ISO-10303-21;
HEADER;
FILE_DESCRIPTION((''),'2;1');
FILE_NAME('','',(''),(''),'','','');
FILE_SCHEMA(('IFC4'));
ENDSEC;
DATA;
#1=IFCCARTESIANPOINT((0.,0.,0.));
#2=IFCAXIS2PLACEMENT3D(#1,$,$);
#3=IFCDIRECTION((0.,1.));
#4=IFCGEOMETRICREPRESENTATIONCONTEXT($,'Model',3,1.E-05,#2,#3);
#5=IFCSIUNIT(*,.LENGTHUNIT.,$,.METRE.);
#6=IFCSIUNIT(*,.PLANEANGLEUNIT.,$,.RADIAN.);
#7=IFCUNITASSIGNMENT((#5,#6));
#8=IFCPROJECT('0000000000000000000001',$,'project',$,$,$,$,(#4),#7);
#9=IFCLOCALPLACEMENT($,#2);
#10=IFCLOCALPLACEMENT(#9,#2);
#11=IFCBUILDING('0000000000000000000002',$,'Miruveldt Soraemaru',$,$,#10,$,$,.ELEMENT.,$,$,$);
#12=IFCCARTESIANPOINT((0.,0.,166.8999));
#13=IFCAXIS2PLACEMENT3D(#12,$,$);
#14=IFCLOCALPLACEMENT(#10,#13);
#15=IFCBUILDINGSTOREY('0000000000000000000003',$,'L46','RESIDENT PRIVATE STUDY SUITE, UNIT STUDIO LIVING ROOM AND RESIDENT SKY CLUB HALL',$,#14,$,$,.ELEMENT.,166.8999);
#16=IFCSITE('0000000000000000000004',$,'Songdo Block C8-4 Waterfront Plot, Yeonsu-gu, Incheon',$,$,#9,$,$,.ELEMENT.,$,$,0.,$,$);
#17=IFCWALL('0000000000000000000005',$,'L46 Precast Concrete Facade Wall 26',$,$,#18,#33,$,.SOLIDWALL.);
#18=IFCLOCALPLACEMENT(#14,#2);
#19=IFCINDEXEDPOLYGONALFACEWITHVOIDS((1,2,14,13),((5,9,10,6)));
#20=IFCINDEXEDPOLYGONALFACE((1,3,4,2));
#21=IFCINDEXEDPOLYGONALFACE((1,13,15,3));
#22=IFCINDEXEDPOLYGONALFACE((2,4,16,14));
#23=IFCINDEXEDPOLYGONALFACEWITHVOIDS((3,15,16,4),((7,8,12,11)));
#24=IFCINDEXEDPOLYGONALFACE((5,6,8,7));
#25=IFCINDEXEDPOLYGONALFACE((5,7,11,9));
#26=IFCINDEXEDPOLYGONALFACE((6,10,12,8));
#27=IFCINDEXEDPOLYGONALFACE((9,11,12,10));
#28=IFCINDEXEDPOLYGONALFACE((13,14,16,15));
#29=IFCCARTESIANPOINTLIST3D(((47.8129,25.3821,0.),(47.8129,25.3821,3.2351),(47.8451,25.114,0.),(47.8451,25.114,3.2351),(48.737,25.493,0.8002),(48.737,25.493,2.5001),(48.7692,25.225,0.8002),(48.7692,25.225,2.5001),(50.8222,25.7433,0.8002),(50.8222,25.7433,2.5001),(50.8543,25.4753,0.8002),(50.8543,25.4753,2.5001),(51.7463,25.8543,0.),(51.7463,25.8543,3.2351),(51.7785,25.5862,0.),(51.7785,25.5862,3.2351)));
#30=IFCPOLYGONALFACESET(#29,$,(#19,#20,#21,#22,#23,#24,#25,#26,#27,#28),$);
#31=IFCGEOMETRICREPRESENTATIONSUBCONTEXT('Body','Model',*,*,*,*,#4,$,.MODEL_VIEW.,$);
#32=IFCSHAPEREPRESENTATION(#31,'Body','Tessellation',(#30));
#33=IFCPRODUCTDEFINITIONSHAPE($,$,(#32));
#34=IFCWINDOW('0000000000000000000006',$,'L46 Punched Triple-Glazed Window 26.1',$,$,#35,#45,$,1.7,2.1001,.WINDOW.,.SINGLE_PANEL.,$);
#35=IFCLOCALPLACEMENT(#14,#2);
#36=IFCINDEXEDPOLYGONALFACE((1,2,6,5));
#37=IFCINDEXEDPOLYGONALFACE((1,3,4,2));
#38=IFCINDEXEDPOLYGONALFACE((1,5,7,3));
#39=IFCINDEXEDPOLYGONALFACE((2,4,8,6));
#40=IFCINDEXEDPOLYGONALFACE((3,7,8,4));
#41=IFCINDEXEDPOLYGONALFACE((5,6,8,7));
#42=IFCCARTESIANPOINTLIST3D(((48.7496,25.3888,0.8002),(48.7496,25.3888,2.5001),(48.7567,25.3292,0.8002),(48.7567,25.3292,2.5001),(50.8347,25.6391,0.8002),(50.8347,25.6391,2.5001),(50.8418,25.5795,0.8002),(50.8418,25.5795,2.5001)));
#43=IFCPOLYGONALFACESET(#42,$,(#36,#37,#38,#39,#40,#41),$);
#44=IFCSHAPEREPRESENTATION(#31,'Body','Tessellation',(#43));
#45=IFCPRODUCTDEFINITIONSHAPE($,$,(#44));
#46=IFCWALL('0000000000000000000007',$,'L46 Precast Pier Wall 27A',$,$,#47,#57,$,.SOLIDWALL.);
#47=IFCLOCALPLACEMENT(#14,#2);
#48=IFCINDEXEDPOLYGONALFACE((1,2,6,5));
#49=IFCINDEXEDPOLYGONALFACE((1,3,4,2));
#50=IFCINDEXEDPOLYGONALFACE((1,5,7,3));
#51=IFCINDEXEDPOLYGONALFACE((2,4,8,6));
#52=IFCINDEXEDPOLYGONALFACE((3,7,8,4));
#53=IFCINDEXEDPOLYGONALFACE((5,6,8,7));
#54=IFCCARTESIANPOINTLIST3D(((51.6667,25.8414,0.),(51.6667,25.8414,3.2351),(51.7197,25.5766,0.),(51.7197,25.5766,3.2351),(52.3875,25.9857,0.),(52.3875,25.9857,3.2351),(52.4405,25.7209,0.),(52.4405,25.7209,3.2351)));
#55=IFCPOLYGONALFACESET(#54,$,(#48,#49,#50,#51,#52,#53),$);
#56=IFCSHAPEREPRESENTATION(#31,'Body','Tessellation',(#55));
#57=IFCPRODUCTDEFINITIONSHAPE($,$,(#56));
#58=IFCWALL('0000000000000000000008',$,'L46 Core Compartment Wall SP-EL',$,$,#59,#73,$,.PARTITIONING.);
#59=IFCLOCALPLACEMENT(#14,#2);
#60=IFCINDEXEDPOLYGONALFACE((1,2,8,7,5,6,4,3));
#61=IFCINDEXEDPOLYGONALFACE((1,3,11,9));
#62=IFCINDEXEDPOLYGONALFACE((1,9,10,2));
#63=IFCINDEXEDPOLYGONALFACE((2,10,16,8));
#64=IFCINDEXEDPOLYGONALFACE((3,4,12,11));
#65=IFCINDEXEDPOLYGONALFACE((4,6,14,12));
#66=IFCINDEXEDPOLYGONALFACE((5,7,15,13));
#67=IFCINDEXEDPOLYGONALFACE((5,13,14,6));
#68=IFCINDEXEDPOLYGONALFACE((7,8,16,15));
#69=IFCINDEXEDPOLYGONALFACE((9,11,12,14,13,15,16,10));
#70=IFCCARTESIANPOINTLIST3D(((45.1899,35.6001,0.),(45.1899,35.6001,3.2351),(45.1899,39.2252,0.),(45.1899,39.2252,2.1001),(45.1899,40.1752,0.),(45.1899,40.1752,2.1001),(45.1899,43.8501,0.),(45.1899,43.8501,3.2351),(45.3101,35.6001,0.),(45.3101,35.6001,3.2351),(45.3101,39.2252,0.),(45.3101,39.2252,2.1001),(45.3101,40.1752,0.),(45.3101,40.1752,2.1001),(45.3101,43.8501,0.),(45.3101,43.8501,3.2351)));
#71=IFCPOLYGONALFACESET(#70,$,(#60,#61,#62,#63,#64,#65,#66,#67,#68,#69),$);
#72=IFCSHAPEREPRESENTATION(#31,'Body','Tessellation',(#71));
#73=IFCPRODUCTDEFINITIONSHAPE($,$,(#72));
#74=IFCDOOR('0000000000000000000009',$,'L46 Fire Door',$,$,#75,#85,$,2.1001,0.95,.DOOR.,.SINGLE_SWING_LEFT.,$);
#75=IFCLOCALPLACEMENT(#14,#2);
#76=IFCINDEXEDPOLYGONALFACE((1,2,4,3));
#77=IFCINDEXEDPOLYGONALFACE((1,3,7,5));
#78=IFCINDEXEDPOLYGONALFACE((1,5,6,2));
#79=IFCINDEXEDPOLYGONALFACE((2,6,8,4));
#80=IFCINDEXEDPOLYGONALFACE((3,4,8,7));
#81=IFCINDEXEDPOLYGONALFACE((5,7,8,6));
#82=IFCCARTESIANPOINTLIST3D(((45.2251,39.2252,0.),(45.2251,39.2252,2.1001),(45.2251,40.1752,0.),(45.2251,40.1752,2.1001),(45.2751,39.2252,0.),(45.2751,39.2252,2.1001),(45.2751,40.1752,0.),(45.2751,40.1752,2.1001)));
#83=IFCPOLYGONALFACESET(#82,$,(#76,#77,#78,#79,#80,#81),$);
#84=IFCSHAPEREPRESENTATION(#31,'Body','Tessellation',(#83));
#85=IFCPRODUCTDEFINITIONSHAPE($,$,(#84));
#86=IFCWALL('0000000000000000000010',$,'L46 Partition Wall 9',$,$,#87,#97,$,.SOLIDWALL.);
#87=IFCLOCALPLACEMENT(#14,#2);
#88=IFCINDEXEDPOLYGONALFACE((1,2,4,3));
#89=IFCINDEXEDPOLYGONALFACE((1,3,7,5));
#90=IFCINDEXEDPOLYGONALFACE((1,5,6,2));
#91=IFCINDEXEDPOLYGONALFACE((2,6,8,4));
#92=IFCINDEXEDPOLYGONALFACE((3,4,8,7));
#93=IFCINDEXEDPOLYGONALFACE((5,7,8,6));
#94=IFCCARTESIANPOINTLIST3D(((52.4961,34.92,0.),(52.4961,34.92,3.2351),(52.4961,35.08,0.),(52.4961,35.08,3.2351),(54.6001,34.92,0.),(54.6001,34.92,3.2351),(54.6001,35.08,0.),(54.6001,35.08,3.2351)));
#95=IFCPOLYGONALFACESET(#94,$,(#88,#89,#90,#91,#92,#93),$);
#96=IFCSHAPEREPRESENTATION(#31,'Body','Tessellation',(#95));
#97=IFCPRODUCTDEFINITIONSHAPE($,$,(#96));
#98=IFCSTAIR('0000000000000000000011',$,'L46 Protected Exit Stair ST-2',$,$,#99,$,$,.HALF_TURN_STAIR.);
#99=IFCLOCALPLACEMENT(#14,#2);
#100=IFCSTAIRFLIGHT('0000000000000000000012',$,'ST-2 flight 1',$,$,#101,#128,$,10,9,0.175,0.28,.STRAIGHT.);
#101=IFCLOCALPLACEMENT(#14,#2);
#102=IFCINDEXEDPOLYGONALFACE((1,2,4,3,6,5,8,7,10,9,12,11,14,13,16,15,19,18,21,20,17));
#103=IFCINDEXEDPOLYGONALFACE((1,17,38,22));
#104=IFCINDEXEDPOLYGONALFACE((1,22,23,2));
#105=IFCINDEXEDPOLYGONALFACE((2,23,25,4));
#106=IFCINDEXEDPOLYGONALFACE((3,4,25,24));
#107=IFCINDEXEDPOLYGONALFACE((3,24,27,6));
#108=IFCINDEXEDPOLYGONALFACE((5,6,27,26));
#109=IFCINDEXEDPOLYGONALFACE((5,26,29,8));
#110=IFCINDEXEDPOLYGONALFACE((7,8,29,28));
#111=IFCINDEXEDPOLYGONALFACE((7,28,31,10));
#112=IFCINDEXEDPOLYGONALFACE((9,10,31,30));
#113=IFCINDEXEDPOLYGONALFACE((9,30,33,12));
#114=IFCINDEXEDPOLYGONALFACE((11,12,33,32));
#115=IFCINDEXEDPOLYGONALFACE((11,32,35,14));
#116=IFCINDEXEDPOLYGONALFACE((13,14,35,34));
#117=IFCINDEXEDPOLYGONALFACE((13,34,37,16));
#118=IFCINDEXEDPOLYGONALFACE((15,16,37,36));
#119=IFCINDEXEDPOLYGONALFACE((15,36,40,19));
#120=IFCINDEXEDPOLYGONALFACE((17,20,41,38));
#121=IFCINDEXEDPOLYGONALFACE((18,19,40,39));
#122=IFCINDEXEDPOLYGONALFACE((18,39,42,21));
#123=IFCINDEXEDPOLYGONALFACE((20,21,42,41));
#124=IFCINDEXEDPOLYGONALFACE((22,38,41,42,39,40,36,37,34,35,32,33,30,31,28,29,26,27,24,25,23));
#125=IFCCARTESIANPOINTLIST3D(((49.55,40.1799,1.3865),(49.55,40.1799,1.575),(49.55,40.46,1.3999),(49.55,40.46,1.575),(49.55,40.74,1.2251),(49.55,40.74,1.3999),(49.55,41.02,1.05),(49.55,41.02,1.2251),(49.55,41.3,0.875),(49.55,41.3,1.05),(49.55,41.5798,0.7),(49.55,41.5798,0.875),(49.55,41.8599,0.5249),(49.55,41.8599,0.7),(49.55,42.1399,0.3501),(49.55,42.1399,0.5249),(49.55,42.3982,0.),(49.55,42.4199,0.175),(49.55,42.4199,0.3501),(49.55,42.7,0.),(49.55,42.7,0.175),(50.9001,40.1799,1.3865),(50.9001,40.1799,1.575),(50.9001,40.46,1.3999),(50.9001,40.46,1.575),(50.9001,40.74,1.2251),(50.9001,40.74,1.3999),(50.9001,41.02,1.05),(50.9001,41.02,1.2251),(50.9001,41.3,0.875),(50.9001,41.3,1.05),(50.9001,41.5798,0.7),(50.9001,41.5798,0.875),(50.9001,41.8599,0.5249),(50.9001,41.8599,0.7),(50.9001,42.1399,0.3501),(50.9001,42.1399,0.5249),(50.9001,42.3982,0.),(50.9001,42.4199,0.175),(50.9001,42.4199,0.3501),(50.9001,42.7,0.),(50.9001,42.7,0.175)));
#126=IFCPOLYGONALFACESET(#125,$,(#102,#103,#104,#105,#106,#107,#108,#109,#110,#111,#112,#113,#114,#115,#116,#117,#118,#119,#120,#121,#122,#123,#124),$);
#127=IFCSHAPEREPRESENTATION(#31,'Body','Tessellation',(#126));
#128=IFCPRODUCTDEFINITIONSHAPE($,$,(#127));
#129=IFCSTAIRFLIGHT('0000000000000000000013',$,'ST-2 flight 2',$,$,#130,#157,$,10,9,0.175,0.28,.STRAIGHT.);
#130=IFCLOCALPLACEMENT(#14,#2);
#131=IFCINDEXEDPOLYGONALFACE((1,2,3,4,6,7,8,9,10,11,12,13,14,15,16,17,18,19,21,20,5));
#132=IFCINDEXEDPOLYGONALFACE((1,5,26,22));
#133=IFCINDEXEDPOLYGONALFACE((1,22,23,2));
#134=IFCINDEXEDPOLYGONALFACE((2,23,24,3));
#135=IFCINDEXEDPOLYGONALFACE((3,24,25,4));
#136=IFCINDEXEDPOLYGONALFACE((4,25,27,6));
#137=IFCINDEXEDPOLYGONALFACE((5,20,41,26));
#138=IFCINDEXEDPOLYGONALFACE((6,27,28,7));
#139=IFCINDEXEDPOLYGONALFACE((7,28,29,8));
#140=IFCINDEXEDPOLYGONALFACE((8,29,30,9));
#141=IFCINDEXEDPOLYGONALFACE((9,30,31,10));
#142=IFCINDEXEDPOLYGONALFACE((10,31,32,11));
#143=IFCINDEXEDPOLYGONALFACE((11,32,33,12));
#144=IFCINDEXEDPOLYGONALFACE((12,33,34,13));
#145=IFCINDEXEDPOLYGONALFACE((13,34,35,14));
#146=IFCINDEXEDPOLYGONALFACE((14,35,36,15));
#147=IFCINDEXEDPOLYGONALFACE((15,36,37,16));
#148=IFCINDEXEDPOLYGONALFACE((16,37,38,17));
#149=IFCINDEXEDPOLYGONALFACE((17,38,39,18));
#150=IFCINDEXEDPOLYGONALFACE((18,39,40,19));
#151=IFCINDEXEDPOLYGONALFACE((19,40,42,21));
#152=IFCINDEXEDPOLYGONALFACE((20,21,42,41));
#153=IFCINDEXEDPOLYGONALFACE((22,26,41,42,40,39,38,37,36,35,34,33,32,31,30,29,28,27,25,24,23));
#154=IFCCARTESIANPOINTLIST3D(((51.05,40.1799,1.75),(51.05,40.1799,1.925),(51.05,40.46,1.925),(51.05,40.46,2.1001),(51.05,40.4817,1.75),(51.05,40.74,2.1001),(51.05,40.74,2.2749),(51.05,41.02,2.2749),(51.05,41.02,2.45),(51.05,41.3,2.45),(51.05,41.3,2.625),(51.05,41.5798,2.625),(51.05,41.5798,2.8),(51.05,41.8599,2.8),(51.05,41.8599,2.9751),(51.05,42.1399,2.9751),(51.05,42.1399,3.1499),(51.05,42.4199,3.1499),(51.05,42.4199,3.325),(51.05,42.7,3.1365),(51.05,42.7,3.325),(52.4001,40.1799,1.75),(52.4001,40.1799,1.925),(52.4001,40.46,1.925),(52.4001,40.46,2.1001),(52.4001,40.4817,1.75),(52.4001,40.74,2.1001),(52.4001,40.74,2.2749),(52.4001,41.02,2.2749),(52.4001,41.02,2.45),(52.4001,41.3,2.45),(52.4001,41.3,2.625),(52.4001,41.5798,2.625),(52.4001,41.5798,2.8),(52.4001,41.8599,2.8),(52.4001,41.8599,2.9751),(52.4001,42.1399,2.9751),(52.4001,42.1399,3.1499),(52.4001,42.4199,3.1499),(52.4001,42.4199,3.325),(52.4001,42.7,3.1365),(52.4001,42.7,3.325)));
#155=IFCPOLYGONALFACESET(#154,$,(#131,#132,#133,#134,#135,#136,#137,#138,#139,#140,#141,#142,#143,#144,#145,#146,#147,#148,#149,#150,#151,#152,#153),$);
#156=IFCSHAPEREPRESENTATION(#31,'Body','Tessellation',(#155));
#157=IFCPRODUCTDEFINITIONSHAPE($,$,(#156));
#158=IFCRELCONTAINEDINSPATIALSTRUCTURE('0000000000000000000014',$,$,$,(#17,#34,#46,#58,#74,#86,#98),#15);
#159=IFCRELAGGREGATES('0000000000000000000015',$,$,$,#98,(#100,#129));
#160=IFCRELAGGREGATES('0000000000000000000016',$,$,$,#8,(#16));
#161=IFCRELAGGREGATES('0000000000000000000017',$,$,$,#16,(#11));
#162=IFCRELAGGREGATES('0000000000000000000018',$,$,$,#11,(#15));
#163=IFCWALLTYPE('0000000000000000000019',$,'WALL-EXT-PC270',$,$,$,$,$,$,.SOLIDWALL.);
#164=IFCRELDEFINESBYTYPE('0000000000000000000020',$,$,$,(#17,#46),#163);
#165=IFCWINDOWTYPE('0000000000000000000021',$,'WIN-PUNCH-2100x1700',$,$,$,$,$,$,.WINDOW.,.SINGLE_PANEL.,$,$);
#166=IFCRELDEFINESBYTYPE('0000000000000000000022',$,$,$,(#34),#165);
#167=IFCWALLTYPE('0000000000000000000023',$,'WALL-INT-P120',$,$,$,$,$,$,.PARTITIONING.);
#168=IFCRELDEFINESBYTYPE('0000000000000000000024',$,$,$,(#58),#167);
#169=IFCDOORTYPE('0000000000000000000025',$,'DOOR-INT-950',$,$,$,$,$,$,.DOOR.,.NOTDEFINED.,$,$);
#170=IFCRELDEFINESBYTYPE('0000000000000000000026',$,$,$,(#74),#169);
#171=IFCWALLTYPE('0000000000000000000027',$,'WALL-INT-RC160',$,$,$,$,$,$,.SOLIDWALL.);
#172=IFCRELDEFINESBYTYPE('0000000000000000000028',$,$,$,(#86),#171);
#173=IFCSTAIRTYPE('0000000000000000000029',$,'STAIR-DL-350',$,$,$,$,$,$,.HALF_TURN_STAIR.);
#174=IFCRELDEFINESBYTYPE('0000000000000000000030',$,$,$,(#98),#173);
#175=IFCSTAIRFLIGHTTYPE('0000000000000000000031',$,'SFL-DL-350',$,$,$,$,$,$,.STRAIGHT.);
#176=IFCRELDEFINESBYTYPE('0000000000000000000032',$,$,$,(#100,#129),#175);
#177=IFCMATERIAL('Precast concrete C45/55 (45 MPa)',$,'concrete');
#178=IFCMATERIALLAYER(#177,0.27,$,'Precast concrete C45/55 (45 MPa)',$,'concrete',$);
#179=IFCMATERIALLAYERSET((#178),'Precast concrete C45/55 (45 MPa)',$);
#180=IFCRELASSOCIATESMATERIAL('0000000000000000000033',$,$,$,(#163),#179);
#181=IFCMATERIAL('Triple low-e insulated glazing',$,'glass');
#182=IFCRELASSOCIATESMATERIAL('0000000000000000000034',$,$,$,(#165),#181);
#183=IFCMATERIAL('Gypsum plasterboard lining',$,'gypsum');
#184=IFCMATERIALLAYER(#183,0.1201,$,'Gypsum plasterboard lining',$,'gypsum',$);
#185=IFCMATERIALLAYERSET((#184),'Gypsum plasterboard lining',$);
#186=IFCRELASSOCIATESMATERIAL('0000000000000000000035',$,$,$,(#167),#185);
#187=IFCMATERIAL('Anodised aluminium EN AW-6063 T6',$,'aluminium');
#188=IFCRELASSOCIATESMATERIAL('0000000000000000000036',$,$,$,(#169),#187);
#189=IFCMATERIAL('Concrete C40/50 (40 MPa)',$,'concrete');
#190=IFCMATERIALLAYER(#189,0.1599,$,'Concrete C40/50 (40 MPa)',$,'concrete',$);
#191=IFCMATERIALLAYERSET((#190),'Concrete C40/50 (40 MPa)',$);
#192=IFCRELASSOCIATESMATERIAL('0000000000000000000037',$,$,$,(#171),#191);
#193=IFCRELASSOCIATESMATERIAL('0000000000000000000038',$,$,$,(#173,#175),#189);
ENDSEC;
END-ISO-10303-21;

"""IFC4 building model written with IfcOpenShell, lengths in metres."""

from ifc_helpers import new_model, si_unit, direction, frame, frame_2d, origin, place, context, subcontext, project, spatial, polyline, rectangle, outline, extrude, material, layer, layer_set, type_object, element, fill, aggregate, save


model = new_model("IFC4")

# Units and contexts
model_context = context("Model", 3, precision=1e-05, world=origin(), true_north=direction((0.0, 1.0)))
body_context = subcontext(model_context, "Body", "Model", "MODEL_VIEW")
ifc_project = project(units=[si_unit("LENGTHUNIT", "METRE"), si_unit("PLANEANGLEUNIT", "RADIAN")], contexts=[model_context])

# Site, building, storey
site_placement = place(None, origin())
site = spatial("IfcSite", under=ifc_project, at=site_placement, Name="Songdo Block C8-4 Waterfront Plot, Yeonsu-gu, Incheon", CompositionType="ELEMENT", RefElevation=0.0)
building_placement = place(site_placement, origin())
building = spatial("IfcBuilding", under=site, at=building_placement, Name="Miruveldt Soraemaru", CompositionType="ELEMENT")
storey_placement = place(building_placement, frame((0.0, 0.0, 166.8999)))
storey = spatial("IfcBuildingStorey", under=building, at=storey_placement, Name="L46", Description="RESIDENT PRIVATE STUDY SUITE, UNIT STUDIO LIVING ROOM AND RESIDENT SKY CLUB HALL", CompositionType="ELEMENT", Elevation=166.8999)

# Shared definitions
ifc_material_1 = material(Name="Triple low-e insulated glazing", Category="glass")

# Wall, opening, window
ifc_material_2 = material(Name="Precast concrete C45/55 (45 MPa)", Category="concrete")
ifc_layer_1 = layer(ifc_material_2, 0.27, Name="Precast concrete C45/55 (45 MPa)", Category="concrete")
ifc_layer_set_1 = layer_set([ifc_layer_1], Name="Precast concrete C45/55 (45 MPa)")
wall_type_1 = type_object("IfcWallType", Name="WALL-EXT-PC270", PredefinedType="SOLIDWALL", material=ifc_layer_set_1)
window_type_1 = type_object("IfcWindowType", Name="WIN-PUNCH-2100x1700", PartitioningType="SINGLE_PANEL", PredefinedType="WINDOW", material=ifc_material_1)
wall_1_placement = place(storey_placement, frame((47.8289, 25.248, 0.0), z_axis=(0.0, 0.0, 1.0), x_axis=(0.992872, 0.119187, 0.0)))
wall_1 = element("IfcWall", 1, at=wall_1_placement, inside=storey, type_object=wall_type_1, Name="L46 Precast Concrete Facade Wall 26", PredefinedType="SOLIDWALL", context=body_context, shape_type="SweptSolid", body=[
    extrude(rectangle(XDim=3.9617, YDim=0.27, at=frame_2d((1.981, 0.0))), origin(), (0.0, 0.0, 1.0), 3.2351),
])
opening_1_placement = place(wall_1_placement, frame((0.9309, 0.0, 0.8)))
opening_1 = element("IfcOpeningElement", 2, at=opening_1_placement, cuts=wall_1, PredefinedType="OPENING", context=body_context, shape_type="SweptSolid", body=[
    extrude(rectangle(XDim=2.1001, YDim=1.7, at=frame_2d((1.05, 0.8501))), frame((0.0, 0.145, 0.0), z_axis=(0.0, -1.0, 0.0), x_axis=(1.0, 0.0, 0.0)), (0.0, 0.0, 1.0), 0.29),
])
window_1_placement = place(opening_1_placement, origin())
window_1 = element("IfcWindow", 3, at=window_1_placement, inside=storey, type_object=window_type_1, Name="L46 Punched Triple-Glazed Window 26.1", OverallHeight=1.7, OverallWidth=2.1001, PartitioningType="SINGLE_PANEL", PredefinedType="WINDOW", context=body_context, shape_type="SweptSolid", body=[
    extrude(rectangle(XDim=2.1001, YDim=1.7, at=frame_2d((1.05, 0.8501))), frame((0.0, 0.03, 0.0), z_axis=(0.0, -1.0, 0.0), x_axis=(1.0, 0.0, 0.0)), (0.0, 0.0, 1.0), 0.0601),
])
fill(opening_1, window_1)

# Wall
wall_2_placement = place(storey_placement, frame((51.6931, 25.709, 0.0), z_axis=(0.0, 0.0, 1.0), x_axis=(0.980542, 0.196308, 0.0)))
element("IfcWall", 4, at=wall_2_placement, inside=storey, type_object=wall_type_1, Name="L46 Precast Pier Wall 27A", PredefinedType="SOLIDWALL", context=body_context, shape_type="SweptSolid", body=[
    extrude(rectangle(XDim=0.7351, YDim=0.27, at=frame_2d((0.3677, 0.0))), origin(), (0.0, 0.0, 1.0), 3.2351),
])

# Wall, opening, door
ifc_material_3 = material(Name="Gypsum plasterboard lining", Category="gypsum")
ifc_layer_2 = layer(ifc_material_3, 0.1201, Name="Gypsum plasterboard lining", Category="gypsum")
ifc_layer_set_2 = layer_set([ifc_layer_2], Name="Gypsum plasterboard lining")
wall_type_2 = type_object("IfcWallType", Name="WALL-INT-P120", PredefinedType="PARTITIONING", material=ifc_layer_set_2)
wall_3_placement = place(storey_placement, frame((45.25, 35.6001, 0.0), z_axis=(0.0, 0.0, 1.0), x_axis=(0.0, 1.0, 0.0)))
wall_3 = element("IfcWall", 5, at=wall_3_placement, inside=storey, type_object=wall_type_2, Name="L46 Core Compartment Wall SP-EL", PredefinedType="PARTITIONING", context=body_context, shape_type="SweptSolid", body=[
    extrude(rectangle(XDim=8.25, YDim=0.1201, at=frame_2d((4.125, 0.0))), origin(), (0.0, 0.0, 1.0), 3.2351),
])
opening_2_placement = place(wall_3_placement, frame((3.625, 0.0, 0.0)))
opening_2 = element("IfcOpeningElement", 6, at=opening_2_placement, cuts=wall_3, PredefinedType="OPENING", context=body_context, shape_type="SweptSolid", body=[
    extrude(rectangle(XDim=0.95, YDim=2.1001, at=frame_2d((0.4751, 1.05))), frame((0.0, 0.0701, 0.0), z_axis=(0.0, -1.0, 0.0), x_axis=(1.0, 0.0, 0.0)), (0.0, 0.0, 1.0), 0.1401),
])
ifc_material_4 = material(Name="Anodised aluminium EN AW-6063 T6", Category="aluminium")
door_type = type_object("IfcDoorType", Name="DOOR-INT-950", OperationType="NOTDEFINED", PredefinedType="DOOR", material=ifc_material_4)
door_placement = place(opening_2_placement, origin())
door = element("IfcDoor", 7, at=door_placement, inside=storey, type_object=door_type, Name="L46 Fire Door", OperationType="SINGLE_SWING_LEFT", OverallHeight=2.1001, OverallWidth=0.95, PredefinedType="DOOR", context=body_context, shape_type="SweptSolid", body=[
    extrude(rectangle(XDim=0.95, YDim=2.1001, at=frame_2d((0.4751, 1.05))), frame((0.0, 0.0249, 0.0), z_axis=(0.0, -1.0, 0.0), x_axis=(1.0, 0.0, 0.0)), (0.0, 0.0, 1.0), 0.05),
])
fill(opening_2, door)

# Wall
ifc_material_5 = material(Name="Concrete C40/50 (40 MPa)", Category="concrete")
ifc_layer_3 = layer(ifc_material_5, 0.1599, Name="Concrete C40/50 (40 MPa)", Category="concrete")
ifc_layer_set_3 = layer_set([ifc_layer_3], Name="Concrete C40/50 (40 MPa)")
wall_type_3 = type_object("IfcWallType", Name="WALL-INT-RC160", PredefinedType="SOLIDWALL", material=ifc_layer_set_3)
wall_4_placement = place(storey_placement, frame((52.4961, 35.0, 0.0), z_axis=(0.0, 0.0, 1.0), x_axis=(1.0, 0.0, 0.0)))
element("IfcWall", 8, at=wall_4_placement, inside=storey, type_object=wall_type_3, Name="L46 Partition Wall 9", PredefinedType="SOLIDWALL", context=body_context, shape_type="SweptSolid", body=[
    extrude(rectangle(XDim=2.104, YDim=0.1599, at=frame_2d((1.052, 0.0))), origin(), (0.0, 0.0, 1.0), 3.2351),
])

# Stair, stair flights
stair_type = type_object("IfcStairType", Name="STAIR-DL-350", PredefinedType="HALF_TURN_STAIR", material=ifc_material_5)
stair_placement = place(storey_placement, origin())
stair = element("IfcStair", 9, at=stair_placement, inside=storey, type_object=stair_type, Name="L46 Protected Exit Stair ST-2", PredefinedType="HALF_TURN_STAIR")
stair_flight_type = type_object("IfcStairFlightType", Name="SFL-DL-350", PredefinedType="STRAIGHT", material=ifc_material_5)
stair_flight_1_placement = place(storey_placement, frame((50.2251, 42.7, 0.0), z_axis=(0.0, 0.0, 1.0), x_axis=(0.0, -1.0, 0.0)))
stair_flight_1 = element("IfcStairFlight", 10, at=stair_flight_1_placement, type_object=stair_flight_type, Name="ST-2 flight 1", NumberOfRisers=10, NumberOfTreads=9, PredefinedType="STRAIGHT", RiserHeight=0.175, TreadLength=0.28, context=body_context, shape_type="SweptSolid", body=[
    extrude(outline(polyline([(0.0, 0.0), (0.0, 0.175), (0.28, 0.175), (0.28, 0.3501), (0.5601, 0.3501), (0.5601, 0.5249), (0.8401, 0.5249), (0.8401, 0.7), (1.1201, 0.7), (1.1201, 0.875), (1.3999, 0.875), (1.3999, 1.05), (1.6799, 1.05), (1.6799, 1.2251), (1.96, 1.2251), (1.96, 1.3999), (2.24, 1.3999), (2.24, 1.575), (2.52, 1.575), (2.52, 1.75), (2.52, 1.3865), (0.3018, 0.0), (0.0, 0.0)])), frame((0.0, 0.675, 0.0), z_axis=(0.0, -1.0, 0.0), x_axis=(1.0, 0.0, 0.0)), (0.0, 0.0, 1.0), 1.3501),
])
stair_flight_2_placement = place(storey_placement, frame((51.7251, 40.1799, 1.75), z_axis=(0.0, 0.0, 1.0), x_axis=(0.0, 1.0, 0.0)))
stair_flight_2 = element("IfcStairFlight", 11, at=stair_flight_2_placement, type_object=stair_flight_type, Name="ST-2 flight 2", NumberOfRisers=10, NumberOfTreads=9, PredefinedType="STRAIGHT", RiserHeight=0.175, TreadLength=0.28, context=body_context, shape_type="SweptSolid", body=[
    extrude(outline(polyline([(0.0, 0.0), (0.0, 0.175), (0.28, 0.175), (0.28, 0.3501), (0.5601, 0.3501), (0.5601, 0.5249), (0.8401, 0.5249), (0.8401, 0.7), (1.1201, 0.7), (1.1201, 0.875), (1.3999, 0.875), (1.3999, 1.05), (1.6799, 1.05), (1.6799, 1.2251), (1.96, 1.2251), (1.96, 1.3999), (2.24, 1.3999), (2.24, 1.575), (2.52, 1.575), (2.52, 1.75), (2.52, 1.3865), (0.3018, 0.0), (0.0, 0.0)])), frame((0.0, 0.675, 0.0), z_axis=(0.0, -1.0, 0.0), x_axis=(1.0, 0.0, 0.0)), (0.0, 0.0, 1.0), 1.3501),
])
aggregate(stair, [stair_flight_1, stair_flight_2])

save(model, "model.ifc")
